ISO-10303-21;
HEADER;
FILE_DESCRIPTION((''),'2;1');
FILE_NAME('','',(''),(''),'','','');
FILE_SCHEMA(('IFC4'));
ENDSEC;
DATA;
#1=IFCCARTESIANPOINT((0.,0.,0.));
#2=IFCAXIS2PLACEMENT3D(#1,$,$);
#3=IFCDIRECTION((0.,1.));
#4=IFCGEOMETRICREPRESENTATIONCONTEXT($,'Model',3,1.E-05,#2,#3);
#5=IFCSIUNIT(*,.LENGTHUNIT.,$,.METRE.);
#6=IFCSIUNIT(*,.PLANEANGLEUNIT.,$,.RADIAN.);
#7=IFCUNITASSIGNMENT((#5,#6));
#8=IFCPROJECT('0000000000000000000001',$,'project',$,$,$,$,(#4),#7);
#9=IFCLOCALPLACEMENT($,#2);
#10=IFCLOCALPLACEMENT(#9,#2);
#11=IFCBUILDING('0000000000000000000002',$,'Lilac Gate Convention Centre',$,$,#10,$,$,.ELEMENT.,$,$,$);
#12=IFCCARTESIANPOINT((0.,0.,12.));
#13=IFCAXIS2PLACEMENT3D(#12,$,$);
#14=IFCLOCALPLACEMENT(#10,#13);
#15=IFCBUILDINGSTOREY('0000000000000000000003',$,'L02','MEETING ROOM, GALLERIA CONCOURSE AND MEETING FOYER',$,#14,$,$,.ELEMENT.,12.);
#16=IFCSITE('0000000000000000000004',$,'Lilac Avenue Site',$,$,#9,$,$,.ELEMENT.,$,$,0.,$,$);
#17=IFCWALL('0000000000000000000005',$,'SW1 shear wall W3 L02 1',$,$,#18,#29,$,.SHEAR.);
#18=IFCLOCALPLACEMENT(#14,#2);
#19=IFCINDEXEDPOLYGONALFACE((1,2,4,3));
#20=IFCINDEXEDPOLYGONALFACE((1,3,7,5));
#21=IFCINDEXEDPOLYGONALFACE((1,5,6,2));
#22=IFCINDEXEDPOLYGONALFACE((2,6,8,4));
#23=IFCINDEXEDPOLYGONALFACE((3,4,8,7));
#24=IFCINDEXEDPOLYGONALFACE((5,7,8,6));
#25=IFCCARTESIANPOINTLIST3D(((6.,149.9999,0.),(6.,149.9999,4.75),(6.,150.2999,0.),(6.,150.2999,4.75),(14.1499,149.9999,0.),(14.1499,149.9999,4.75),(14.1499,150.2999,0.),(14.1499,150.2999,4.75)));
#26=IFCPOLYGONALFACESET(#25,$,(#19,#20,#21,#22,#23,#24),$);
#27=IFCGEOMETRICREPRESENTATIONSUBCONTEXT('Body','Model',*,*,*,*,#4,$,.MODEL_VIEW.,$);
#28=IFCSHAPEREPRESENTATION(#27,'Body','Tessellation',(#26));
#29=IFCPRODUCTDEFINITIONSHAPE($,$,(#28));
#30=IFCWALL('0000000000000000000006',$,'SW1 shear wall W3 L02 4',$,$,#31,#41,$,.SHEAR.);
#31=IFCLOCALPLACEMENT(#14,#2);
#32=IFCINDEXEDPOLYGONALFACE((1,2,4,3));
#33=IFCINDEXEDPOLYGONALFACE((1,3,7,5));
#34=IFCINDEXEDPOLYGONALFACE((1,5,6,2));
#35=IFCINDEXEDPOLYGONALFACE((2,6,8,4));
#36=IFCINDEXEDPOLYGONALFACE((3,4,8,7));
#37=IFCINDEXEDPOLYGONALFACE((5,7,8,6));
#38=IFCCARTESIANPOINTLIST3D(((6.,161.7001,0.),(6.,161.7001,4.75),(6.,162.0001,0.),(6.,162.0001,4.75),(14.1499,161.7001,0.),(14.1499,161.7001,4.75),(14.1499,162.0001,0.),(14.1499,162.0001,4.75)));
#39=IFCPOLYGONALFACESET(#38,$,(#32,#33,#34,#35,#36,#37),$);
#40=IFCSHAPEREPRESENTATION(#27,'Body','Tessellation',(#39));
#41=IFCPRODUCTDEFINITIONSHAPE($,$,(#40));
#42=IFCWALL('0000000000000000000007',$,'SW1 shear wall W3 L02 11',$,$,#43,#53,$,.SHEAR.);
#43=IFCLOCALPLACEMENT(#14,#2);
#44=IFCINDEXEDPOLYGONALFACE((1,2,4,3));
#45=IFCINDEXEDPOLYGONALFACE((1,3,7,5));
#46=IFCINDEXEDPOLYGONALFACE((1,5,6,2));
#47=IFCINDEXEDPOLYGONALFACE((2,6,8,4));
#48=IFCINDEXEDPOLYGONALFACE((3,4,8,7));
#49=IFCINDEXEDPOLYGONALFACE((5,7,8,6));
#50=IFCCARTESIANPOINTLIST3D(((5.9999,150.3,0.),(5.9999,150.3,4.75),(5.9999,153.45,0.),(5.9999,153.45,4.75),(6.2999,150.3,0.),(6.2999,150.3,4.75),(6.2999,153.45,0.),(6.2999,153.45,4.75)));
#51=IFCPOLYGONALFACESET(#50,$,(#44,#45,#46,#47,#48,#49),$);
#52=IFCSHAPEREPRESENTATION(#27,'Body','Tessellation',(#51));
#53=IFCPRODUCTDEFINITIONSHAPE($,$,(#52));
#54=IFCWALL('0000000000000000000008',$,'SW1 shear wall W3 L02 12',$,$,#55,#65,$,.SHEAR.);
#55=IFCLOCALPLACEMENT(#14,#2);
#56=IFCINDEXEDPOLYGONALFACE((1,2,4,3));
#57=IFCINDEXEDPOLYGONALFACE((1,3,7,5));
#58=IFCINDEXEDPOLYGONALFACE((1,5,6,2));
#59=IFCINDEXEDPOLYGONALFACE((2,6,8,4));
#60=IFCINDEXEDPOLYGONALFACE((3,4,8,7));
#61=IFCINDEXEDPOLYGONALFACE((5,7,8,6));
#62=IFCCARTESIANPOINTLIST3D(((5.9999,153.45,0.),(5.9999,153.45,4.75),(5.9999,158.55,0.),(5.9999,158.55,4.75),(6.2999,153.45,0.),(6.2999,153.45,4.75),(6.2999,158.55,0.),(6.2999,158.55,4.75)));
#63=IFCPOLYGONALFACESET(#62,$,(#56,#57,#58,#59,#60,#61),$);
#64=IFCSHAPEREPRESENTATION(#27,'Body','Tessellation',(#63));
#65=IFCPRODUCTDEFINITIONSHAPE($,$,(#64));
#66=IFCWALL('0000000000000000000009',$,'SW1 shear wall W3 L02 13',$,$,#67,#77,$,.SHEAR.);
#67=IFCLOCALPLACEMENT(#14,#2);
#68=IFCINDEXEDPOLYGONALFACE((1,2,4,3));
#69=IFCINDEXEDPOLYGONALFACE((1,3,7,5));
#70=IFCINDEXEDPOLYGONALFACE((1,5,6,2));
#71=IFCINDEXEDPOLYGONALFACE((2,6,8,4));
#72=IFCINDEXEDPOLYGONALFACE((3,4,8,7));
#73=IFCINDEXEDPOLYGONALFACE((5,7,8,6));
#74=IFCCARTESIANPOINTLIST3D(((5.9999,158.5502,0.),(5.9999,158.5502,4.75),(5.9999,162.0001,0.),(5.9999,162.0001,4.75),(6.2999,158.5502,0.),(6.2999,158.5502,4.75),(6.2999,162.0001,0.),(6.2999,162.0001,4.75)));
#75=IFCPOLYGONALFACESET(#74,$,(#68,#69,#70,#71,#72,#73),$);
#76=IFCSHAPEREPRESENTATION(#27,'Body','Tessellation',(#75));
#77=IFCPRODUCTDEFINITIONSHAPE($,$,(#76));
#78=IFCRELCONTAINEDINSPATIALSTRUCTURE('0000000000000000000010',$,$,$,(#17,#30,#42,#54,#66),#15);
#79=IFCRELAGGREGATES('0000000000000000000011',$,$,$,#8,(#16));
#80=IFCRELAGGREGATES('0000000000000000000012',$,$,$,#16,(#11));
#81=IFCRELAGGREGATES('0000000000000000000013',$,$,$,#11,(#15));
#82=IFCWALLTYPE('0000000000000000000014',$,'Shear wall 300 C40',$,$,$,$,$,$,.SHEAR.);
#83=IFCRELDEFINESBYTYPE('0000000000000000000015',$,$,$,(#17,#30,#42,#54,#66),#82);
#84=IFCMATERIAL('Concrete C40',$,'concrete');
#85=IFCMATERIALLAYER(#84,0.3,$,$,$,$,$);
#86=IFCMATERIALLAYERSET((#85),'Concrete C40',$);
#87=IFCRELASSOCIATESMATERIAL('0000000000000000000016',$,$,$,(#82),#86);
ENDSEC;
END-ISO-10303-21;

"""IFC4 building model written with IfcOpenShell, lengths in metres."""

from ifc_helpers import new_model, si_unit, direction, frame, frame_2d, origin, place, context, subcontext, project, spatial, rectangle, extrude, material, layer, layer_set, type_object, element, save


model = new_model("IFC4")

# Units and contexts
model_context = context("Model", 3, precision=1e-05, world=origin(), true_north=direction((0.0, 1.0)))
body_context = subcontext(model_context, "Body", "Model", "MODEL_VIEW")
ifc_project = project(units=[si_unit("LENGTHUNIT", "METRE"), si_unit("PLANEANGLEUNIT", "RADIAN")], contexts=[model_context])

# Site, building, storey
site_placement = place(None, origin())
site = spatial("IfcSite", under=ifc_project, at=site_placement, Name="Lilac Avenue Site", CompositionType="ELEMENT", RefElevation=0.0)
building_placement = place(site_placement, origin())
building = spatial("IfcBuilding", under=site, at=building_placement, Name="Lilac Gate Convention Centre", CompositionType="ELEMENT")
storey_placement = place(building_placement, frame((0.0, 0.0, 12.0)))
storey = spatial("IfcBuildingStorey", under=building, at=storey_placement, Name="L02", Description="MEETING ROOM, GALLERIA CONCOURSE AND MEETING FOYER", CompositionType="ELEMENT", Elevation=12.0)

# Shared definitions
ifc_material_1 = material(Name="Concrete C40", Category="concrete")

# Walls
ifc_layer_1 = layer(ifc_material_1, 0.3)
ifc_layer_set_1 = layer_set([ifc_layer_1], Name="Concrete C40")
wall_type_1 = type_object("IfcWallType", Name="Shear wall 300 C40", PredefinedType="SHEAR", material=ifc_layer_set_1)
for number, where, z_axis, x_axis, name in (
    (1, (6.0, 150.1499, 0.0), (0.0, 0.0, 1.0), (1.0, 0.0, 0.0), "SW1 shear wall W3 L02 1"),
    (2, (6.0, 161.8501, 0.0), (0.0, 0.0, 1.0), (1.0, 0.0, 0.0), "SW1 shear wall W3 L02 4"),
):
    element("IfcWall", number, at=place(storey_placement, frame(where, z_axis=z_axis, x_axis=x_axis)), inside=storey, type_object=wall_type_1, Name=name, PredefinedType="SHEAR", context=body_context, shape_type="SweptSolid", body=[
        extrude(rectangle(XDim=8.1499, YDim=0.3, at=frame_2d((4.075, 0.0))), origin(), (0.0, 0.0, 1.0), 4.75),
    ])
wall_1_placement = place(storey_placement, frame((6.1499, 150.3, 0.0), z_axis=(0.0, 0.0, 1.0), x_axis=(0.0, 1.0, 0.0)))
element("IfcWall", 3, at=wall_1_placement, inside=storey, type_object=wall_type_1, Name="SW1 shear wall W3 L02 11", PredefinedType="SHEAR", context=body_context, shape_type="SweptSolid", body=[
    extrude(rectangle(XDim=3.1499, YDim=0.3, at=frame_2d((1.575, 0.0))), origin(), (0.0, 0.0, 1.0), 4.75),
])
wall_2_placement = place(storey_placement, frame((6.1499, 153.45, 0.0), z_axis=(0.0, 0.0, 1.0), x_axis=(0.0, 1.0, 0.0)))
element("IfcWall", 4, at=wall_2_placement, inside=storey, type_object=wall_type_1, Name="SW1 shear wall W3 L02 12", PredefinedType="SHEAR", context=body_context, shape_type="SweptSolid", body=[
    extrude(rectangle(XDim=5.1001, YDim=0.3, at=frame_2d((2.55, 0.0))), origin(), (0.0, 0.0, 1.0), 4.75),
])
wall_3_placement = place(storey_placement, frame((6.1499, 158.55, 0.0), z_axis=(0.0, 0.0, 1.0), x_axis=(0.0, 1.0, 0.0)))
element("IfcWall", 5, at=wall_3_placement, inside=storey, type_object=wall_type_1, Name="SW1 shear wall W3 L02 13", PredefinedType="SHEAR", context=body_context, shape_type="SweptSolid", body=[
    extrude(rectangle(XDim=3.45, YDim=0.3, at=frame_2d((1.7251, 0.0))), origin(), (0.0, 0.0, 1.0), 4.75),
])

save(model, "model.ifc")
